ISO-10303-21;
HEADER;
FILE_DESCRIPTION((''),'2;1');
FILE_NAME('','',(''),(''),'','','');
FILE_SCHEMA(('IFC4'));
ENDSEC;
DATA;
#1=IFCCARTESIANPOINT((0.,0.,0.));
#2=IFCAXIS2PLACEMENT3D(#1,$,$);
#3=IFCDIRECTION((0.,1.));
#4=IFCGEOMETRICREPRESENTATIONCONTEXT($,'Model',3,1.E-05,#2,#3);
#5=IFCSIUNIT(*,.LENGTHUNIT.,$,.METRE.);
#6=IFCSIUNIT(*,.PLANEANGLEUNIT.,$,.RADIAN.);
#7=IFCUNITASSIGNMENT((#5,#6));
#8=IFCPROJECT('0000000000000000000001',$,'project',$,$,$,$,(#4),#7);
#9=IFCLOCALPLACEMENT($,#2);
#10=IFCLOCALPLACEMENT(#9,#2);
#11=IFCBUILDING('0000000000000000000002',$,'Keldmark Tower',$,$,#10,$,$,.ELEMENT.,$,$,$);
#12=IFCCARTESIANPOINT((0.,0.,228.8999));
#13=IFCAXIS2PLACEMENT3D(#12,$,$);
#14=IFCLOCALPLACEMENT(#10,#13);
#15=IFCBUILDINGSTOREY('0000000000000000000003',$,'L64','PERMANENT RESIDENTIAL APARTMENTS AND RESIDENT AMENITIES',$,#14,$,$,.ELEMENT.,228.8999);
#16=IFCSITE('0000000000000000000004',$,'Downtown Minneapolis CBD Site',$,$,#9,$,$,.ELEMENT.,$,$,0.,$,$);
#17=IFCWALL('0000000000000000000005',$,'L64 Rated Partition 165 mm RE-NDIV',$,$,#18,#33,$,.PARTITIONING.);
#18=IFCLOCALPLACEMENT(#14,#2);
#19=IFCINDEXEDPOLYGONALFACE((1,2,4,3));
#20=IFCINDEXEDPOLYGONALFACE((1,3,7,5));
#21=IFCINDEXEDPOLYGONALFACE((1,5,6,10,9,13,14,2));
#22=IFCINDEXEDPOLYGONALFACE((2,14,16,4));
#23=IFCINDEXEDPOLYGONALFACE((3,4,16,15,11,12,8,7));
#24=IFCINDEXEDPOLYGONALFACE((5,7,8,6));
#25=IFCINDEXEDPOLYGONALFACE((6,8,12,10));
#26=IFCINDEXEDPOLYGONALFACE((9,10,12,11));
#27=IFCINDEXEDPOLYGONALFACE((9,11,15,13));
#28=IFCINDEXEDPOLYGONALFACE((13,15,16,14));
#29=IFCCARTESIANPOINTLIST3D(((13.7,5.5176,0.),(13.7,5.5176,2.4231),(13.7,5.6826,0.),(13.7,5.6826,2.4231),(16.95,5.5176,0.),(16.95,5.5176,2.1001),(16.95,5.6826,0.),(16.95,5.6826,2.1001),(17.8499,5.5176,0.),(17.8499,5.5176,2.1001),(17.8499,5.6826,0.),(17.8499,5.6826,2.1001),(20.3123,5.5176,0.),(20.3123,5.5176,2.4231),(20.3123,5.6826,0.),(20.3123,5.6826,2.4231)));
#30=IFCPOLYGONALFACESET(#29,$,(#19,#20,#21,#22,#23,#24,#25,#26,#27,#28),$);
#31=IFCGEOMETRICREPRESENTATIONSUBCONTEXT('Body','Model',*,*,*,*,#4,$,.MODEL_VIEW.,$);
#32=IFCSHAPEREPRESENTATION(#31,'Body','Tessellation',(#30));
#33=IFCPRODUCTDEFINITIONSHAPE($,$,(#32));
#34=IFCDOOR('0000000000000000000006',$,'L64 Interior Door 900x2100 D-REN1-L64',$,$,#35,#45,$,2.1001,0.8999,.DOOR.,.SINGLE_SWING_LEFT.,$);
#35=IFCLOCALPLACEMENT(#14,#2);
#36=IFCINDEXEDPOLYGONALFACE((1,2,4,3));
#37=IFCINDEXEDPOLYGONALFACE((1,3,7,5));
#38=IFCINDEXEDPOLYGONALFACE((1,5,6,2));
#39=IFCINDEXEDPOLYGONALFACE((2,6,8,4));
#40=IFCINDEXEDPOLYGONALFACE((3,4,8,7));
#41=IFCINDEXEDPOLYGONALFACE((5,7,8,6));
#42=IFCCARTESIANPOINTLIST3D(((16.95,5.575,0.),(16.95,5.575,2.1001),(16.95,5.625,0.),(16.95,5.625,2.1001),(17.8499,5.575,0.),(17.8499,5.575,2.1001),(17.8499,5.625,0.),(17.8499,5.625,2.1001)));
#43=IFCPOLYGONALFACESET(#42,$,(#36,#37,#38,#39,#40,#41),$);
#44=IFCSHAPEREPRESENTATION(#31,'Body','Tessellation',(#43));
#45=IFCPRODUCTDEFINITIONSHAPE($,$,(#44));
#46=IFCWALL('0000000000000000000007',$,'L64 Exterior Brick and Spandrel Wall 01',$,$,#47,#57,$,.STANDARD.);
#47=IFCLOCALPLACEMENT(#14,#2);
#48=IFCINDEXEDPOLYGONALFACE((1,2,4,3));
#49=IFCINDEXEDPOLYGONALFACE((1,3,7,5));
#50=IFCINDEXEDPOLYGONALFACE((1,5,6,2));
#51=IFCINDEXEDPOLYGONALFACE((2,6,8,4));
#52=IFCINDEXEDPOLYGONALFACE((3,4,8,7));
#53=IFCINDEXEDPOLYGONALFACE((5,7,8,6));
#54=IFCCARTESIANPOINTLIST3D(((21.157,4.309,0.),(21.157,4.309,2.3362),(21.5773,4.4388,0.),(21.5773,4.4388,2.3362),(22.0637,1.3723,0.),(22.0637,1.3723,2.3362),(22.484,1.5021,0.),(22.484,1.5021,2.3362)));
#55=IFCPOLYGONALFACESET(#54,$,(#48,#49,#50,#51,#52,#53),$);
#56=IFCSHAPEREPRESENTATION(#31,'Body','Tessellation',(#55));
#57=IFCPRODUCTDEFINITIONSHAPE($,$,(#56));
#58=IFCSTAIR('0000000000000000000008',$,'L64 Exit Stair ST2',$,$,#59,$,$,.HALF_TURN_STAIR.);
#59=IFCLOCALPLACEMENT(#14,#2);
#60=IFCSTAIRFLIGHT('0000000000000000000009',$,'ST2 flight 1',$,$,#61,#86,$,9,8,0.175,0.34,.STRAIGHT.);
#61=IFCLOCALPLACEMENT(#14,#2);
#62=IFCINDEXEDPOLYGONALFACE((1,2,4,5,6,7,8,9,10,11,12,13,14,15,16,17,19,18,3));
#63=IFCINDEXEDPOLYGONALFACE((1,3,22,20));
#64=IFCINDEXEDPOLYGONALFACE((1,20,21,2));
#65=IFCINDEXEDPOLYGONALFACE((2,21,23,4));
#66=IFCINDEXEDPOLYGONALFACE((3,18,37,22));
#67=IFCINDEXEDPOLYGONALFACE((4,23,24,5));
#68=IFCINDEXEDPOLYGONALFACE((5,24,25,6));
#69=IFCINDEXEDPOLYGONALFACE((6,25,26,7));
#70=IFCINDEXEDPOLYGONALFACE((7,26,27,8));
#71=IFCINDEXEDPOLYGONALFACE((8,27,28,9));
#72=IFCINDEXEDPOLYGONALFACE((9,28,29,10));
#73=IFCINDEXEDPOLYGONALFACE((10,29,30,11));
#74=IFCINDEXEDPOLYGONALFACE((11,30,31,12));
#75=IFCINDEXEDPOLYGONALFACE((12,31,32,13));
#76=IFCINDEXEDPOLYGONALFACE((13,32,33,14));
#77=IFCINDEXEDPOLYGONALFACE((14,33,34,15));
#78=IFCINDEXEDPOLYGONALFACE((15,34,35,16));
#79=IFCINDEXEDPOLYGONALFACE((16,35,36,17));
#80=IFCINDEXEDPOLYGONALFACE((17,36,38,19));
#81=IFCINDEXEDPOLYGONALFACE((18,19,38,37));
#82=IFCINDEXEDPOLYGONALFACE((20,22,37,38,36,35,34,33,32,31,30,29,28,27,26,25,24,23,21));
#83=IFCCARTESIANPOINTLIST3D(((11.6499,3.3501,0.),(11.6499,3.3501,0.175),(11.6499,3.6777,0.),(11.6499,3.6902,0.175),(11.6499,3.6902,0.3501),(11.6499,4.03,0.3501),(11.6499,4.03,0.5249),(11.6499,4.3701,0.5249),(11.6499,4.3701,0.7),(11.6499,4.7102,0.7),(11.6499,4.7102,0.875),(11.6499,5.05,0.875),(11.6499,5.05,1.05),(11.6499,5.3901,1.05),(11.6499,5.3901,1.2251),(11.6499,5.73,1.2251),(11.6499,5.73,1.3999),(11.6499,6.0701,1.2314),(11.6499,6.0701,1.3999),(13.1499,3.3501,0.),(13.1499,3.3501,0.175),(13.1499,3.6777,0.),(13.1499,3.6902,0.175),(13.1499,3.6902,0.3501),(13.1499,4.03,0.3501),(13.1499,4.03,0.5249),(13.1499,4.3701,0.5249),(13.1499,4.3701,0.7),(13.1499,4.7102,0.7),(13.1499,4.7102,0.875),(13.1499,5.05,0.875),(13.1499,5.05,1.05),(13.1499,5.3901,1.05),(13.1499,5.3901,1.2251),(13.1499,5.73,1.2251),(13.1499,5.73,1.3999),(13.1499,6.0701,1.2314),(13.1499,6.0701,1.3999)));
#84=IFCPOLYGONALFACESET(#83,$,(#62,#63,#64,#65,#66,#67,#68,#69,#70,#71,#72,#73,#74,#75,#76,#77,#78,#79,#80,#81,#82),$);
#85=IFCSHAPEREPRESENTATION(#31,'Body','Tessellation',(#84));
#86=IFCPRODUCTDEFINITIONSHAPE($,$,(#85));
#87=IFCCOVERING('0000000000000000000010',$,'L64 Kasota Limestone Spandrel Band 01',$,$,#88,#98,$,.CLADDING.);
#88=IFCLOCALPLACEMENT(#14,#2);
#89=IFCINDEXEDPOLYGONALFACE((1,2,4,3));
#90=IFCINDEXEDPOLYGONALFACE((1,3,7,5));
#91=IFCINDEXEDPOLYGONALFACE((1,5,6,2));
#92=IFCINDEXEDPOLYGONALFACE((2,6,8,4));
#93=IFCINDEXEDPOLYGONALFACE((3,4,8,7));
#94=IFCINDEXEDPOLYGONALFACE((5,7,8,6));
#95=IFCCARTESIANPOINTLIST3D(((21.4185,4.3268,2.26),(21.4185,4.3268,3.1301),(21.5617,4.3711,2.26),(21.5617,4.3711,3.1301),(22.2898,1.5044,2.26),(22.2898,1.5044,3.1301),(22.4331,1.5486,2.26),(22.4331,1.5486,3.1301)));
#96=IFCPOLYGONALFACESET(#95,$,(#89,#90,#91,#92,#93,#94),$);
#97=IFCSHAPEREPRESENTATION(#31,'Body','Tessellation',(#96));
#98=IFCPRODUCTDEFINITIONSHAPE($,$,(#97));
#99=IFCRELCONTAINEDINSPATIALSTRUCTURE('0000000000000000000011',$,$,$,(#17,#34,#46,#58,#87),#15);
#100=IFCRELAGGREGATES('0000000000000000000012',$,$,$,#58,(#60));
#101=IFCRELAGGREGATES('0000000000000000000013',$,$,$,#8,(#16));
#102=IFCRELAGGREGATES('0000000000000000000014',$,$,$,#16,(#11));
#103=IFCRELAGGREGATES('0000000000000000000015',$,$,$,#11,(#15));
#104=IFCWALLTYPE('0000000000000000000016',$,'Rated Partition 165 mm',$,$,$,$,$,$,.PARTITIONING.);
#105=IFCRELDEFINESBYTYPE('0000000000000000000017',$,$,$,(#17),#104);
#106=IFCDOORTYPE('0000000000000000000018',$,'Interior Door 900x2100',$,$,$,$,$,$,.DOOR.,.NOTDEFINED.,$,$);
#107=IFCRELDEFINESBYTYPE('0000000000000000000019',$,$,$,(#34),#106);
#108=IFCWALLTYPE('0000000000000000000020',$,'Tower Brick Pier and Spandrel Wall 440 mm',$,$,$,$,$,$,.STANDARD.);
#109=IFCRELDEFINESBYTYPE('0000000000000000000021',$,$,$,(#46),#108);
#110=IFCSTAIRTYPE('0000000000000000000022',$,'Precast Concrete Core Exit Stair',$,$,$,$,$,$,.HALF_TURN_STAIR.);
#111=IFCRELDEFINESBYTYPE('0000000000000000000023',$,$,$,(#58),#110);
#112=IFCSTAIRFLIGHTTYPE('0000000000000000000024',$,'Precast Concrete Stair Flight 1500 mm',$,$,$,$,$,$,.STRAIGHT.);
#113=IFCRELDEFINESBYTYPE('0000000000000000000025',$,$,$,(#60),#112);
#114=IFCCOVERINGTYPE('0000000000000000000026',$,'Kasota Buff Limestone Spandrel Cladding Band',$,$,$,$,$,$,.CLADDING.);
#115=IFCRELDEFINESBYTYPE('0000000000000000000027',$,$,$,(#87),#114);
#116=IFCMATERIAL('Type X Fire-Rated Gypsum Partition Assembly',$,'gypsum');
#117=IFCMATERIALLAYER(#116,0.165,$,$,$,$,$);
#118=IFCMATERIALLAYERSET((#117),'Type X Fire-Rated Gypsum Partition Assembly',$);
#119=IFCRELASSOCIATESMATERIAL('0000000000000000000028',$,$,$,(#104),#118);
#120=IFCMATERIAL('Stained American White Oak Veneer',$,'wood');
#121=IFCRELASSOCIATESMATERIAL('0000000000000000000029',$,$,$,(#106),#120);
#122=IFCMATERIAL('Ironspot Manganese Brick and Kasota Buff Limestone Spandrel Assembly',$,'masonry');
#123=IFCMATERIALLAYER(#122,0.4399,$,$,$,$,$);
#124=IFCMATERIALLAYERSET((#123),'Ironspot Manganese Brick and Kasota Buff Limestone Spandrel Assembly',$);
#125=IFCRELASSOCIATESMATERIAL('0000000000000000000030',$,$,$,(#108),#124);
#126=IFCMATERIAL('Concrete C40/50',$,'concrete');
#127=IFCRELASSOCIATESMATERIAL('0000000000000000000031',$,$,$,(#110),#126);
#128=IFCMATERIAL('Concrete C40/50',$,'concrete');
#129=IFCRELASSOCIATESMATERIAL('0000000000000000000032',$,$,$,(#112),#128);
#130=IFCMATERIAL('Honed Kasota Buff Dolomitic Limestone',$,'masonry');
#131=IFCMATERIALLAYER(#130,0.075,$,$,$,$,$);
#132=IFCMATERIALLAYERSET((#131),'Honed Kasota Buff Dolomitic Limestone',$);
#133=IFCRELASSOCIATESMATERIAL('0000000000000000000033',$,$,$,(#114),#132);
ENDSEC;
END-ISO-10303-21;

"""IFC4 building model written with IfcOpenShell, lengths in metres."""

from ifc_helpers import new_model, si_unit, direction, frame, frame_2d, origin, origin_2d, place, context, subcontext, project, spatial, polyline, rectangle, outline, extrude, material, layer, layer_set, type_object, element, fill, aggregate, save


model = new_model("IFC4")

# Units and contexts
model_context = context("Model", 3, precision=1e-05, world=origin(), true_north=direction((0.0, 1.0)))
body_context = subcontext(model_context, "Body", "Model", "MODEL_VIEW")
ifc_project = project(units=[si_unit("LENGTHUNIT", "METRE"), si_unit("PLANEANGLEUNIT", "RADIAN")], contexts=[model_context])

# Site, building, storey
site_placement = place(None, origin())
site = spatial("IfcSite", under=ifc_project, at=site_placement, Name="Downtown Minneapolis CBD Site", CompositionType="ELEMENT", RefElevation=0.0)
building_placement = place(site_placement, origin())
building = spatial("IfcBuilding", under=site, at=building_placement, Name="Keldmark Tower", CompositionType="ELEMENT")
storey_placement = place(building_placement, frame((0.0, 0.0, 228.8999)))
storey = spatial("IfcBuildingStorey", under=building, at=storey_placement, Name="L64", Description="PERMANENT RESIDENTIAL APARTMENTS AND RESIDENT AMENITIES", CompositionType="ELEMENT", Elevation=228.8999)

# Wall, opening, door
ifc_material_1 = material(Name="Type X Fire-Rated Gypsum Partition Assembly", Category="gypsum")
ifc_layer_1 = layer(ifc_material_1, 0.165)
ifc_layer_set_1 = layer_set([ifc_layer_1], Name="Type X Fire-Rated Gypsum Partition Assembly")
wall_type_1 = type_object("IfcWallType", Name="Rated Partition 165 mm", PredefinedType="PARTITIONING", material=ifc_layer_set_1)
wall_1_placement = place(storey_placement, frame((13.7, 5.6001, 0.0), z_axis=(0.0, 0.0, 1.0), x_axis=(1.0, 0.0, 0.0)))
wall_1 = element("IfcWall", 1, at=wall_1_placement, inside=storey, type_object=wall_type_1, Name="L64 Rated Partition 165 mm RE-NDIV", PredefinedType="PARTITIONING", context=body_context, shape_type="SweptSolid", body=[
    extrude(rectangle(XDim=6.6123, YDim=0.165, at=frame_2d((3.3062, 0.0))), origin(), (0.0, 0.0, 1.0), 2.4231),
])
opening_1_placement = place(wall_1_placement, frame((3.25, 0.0, 0.0)))
opening_1 = element("IfcOpeningElement", 2, at=opening_1_placement, cuts=wall_1, PredefinedType="OPENING", context=body_context, shape_type="SweptSolid", body=[
    extrude(rectangle(XDim=0.8999, YDim=2.1001, at=frame_2d((0.45, 1.05))), frame((0.0, 0.0925, 0.0), z_axis=(0.0, -1.0, 0.0), x_axis=(1.0, 0.0, 0.0)), (0.0, 0.0, 1.0), 0.1851),
])
ifc_material_2 = material(Name="Stained American White Oak Veneer", Category="wood")
door_type_1 = type_object("IfcDoorType", Name="Interior Door 900x2100", OperationType="NOTDEFINED", PredefinedType="DOOR", material=ifc_material_2)
door_1_placement = place(opening_1_placement, origin())
door_1 = element("IfcDoor", 3, at=door_1_placement, inside=storey, type_object=door_type_1, Name="L64 Interior Door 900x2100 D-REN1-L64", OperationType="SINGLE_SWING_LEFT", OverallHeight=2.1001, OverallWidth=0.8999, PredefinedType="DOOR", context=body_context, shape_type="SweptSolid", body=[
    extrude(rectangle(XDim=0.8999, YDim=2.1001, at=frame_2d((0.45, 1.05))), frame((0.0, 0.0249, 0.0), z_axis=(0.0, -1.0, 0.0), x_axis=(1.0, 0.0, 0.0)), (0.0, 0.0, 1.0), 0.05),
])
fill(opening_1, door_1)

# Wall
ifc_material_3 = material(Name="Ironspot Manganese Brick and Kasota Buff Limestone Spandrel Assembly", Category="masonry")
ifc_layer_2 = layer(ifc_material_3, 0.4399)
ifc_layer_set_2 = layer_set([ifc_layer_2], Name="Ironspot Manganese Brick and Kasota Buff Limestone Spandrel Assembly")
wall_type_2 = type_object("IfcWallType", Name="Tower Brick Pier and Spandrel Wall 440 mm", PredefinedType="STANDARD", material=ifc_layer_set_2)
wall_2_placement = place(storey_placement, frame((21.3672, 4.3738, 0.0), z_axis=(0.0, 0.0, 1.0), x_axis=(0.295012, -0.955493, 0.0)))
element("IfcWall", 4, at=wall_2_placement, inside=storey, type_object=wall_type_2, Name="L64 Exterior Brick and Spandrel Wall 01", PredefinedType="STANDARD", context=body_context, shape_type="SweptSolid", body=[
    extrude(rectangle(XDim=3.0735, YDim=0.4399, at=frame_2d((1.5366, 0.0))), origin(), (0.0, 0.0, 1.0), 2.3362),
])

# Stair, stair flight
ifc_material_4 = material(Name="Concrete C40/50", Category="concrete")
stair_type = type_object("IfcStairType", Name="Precast Concrete Core Exit Stair", PredefinedType="HALF_TURN_STAIR", material=ifc_material_4)
stair_placement = place(storey_placement, origin())
stair = element("IfcStair", 5, at=stair_placement, inside=storey, type_object=stair_type, Name="L64 Exit Stair ST2", PredefinedType="HALF_TURN_STAIR")
ifc_material_5 = material(Name="Concrete C40/50", Category="concrete")
stair_flight_type = type_object("IfcStairFlightType", Name="Precast Concrete Stair Flight 1500 mm", PredefinedType="STRAIGHT", material=ifc_material_5)
stair_flight_placement = place(storey_placement, frame((12.3999, 3.3501, 0.0), z_axis=(0.0, 0.0, 1.0), x_axis=(0.0, 1.0, 0.0)))
stair_flight = element("IfcStairFlight", 6, at=stair_flight_placement, type_object=stair_flight_type, Name="ST2 flight 1", NumberOfRisers=9, NumberOfTreads=8, PredefinedType="STRAIGHT", RiserHeight=0.175, TreadLength=0.34, context=body_context, shape_type="SweptSolid", body=[
    extrude(outline(polyline([(0.0, 0.0), (0.0, 0.175), (0.3401, 0.175), (0.3401, 0.3501), (0.6799, 0.3501), (0.6799, 0.5249), (1.02, 0.5249), (1.02, 0.7), (1.3601, 0.7), (1.3601, 0.875), (1.7, 0.875), (1.7, 1.05), (2.04, 1.05), (2.04, 1.2251), (2.3799, 1.2251), (2.3799, 1.3999), (2.72, 1.3999), (2.72, 1.575), (2.72, 1.2314), (0.3276, 0.0), (0.0, 0.0)])), frame((0.0, 0.75, 0.0), z_axis=(0.0, -1.0, 0.0), x_axis=(1.0, 0.0, 0.0)), (0.0, 0.0, 1.0), 1.5),
])
aggregate(stair, [stair_flight])

# Covering
ifc_material_6 = material(Name="Honed Kasota Buff Dolomitic Limestone", Category="masonry")
ifc_layer_3 = layer(ifc_material_6, 0.075)
ifc_layer_set_3 = layer_set([ifc_layer_3], Name="Honed Kasota Buff Dolomitic Limestone")
covering_type = type_object("IfcCoveringType", Name="Kasota Buff Limestone Spandrel Cladding Band", PredefinedType="CLADDING", material=ifc_layer_set_3)
covering_placement = place(storey_placement, frame((21.9258, 2.9377, 2.26), z_axis=(0.0, 0.0, 1.0), x_axis=(-0.294974, 0.955505, 0.0)))
element("IfcCovering", 7, at=covering_placement, inside=storey, type_object=covering_type, Name="L64 Kasota Limestone Spandrel Band 01", PredefinedType="CLADDING", context=body_context, shape_type="SweptSolid", body=[
    extrude(rectangle(XDim=2.9539, YDim=0.1499, at=origin_2d()), origin(), (0.0, 0.0, 1.0), 0.8701),
])

save(model, "model.ifc")
